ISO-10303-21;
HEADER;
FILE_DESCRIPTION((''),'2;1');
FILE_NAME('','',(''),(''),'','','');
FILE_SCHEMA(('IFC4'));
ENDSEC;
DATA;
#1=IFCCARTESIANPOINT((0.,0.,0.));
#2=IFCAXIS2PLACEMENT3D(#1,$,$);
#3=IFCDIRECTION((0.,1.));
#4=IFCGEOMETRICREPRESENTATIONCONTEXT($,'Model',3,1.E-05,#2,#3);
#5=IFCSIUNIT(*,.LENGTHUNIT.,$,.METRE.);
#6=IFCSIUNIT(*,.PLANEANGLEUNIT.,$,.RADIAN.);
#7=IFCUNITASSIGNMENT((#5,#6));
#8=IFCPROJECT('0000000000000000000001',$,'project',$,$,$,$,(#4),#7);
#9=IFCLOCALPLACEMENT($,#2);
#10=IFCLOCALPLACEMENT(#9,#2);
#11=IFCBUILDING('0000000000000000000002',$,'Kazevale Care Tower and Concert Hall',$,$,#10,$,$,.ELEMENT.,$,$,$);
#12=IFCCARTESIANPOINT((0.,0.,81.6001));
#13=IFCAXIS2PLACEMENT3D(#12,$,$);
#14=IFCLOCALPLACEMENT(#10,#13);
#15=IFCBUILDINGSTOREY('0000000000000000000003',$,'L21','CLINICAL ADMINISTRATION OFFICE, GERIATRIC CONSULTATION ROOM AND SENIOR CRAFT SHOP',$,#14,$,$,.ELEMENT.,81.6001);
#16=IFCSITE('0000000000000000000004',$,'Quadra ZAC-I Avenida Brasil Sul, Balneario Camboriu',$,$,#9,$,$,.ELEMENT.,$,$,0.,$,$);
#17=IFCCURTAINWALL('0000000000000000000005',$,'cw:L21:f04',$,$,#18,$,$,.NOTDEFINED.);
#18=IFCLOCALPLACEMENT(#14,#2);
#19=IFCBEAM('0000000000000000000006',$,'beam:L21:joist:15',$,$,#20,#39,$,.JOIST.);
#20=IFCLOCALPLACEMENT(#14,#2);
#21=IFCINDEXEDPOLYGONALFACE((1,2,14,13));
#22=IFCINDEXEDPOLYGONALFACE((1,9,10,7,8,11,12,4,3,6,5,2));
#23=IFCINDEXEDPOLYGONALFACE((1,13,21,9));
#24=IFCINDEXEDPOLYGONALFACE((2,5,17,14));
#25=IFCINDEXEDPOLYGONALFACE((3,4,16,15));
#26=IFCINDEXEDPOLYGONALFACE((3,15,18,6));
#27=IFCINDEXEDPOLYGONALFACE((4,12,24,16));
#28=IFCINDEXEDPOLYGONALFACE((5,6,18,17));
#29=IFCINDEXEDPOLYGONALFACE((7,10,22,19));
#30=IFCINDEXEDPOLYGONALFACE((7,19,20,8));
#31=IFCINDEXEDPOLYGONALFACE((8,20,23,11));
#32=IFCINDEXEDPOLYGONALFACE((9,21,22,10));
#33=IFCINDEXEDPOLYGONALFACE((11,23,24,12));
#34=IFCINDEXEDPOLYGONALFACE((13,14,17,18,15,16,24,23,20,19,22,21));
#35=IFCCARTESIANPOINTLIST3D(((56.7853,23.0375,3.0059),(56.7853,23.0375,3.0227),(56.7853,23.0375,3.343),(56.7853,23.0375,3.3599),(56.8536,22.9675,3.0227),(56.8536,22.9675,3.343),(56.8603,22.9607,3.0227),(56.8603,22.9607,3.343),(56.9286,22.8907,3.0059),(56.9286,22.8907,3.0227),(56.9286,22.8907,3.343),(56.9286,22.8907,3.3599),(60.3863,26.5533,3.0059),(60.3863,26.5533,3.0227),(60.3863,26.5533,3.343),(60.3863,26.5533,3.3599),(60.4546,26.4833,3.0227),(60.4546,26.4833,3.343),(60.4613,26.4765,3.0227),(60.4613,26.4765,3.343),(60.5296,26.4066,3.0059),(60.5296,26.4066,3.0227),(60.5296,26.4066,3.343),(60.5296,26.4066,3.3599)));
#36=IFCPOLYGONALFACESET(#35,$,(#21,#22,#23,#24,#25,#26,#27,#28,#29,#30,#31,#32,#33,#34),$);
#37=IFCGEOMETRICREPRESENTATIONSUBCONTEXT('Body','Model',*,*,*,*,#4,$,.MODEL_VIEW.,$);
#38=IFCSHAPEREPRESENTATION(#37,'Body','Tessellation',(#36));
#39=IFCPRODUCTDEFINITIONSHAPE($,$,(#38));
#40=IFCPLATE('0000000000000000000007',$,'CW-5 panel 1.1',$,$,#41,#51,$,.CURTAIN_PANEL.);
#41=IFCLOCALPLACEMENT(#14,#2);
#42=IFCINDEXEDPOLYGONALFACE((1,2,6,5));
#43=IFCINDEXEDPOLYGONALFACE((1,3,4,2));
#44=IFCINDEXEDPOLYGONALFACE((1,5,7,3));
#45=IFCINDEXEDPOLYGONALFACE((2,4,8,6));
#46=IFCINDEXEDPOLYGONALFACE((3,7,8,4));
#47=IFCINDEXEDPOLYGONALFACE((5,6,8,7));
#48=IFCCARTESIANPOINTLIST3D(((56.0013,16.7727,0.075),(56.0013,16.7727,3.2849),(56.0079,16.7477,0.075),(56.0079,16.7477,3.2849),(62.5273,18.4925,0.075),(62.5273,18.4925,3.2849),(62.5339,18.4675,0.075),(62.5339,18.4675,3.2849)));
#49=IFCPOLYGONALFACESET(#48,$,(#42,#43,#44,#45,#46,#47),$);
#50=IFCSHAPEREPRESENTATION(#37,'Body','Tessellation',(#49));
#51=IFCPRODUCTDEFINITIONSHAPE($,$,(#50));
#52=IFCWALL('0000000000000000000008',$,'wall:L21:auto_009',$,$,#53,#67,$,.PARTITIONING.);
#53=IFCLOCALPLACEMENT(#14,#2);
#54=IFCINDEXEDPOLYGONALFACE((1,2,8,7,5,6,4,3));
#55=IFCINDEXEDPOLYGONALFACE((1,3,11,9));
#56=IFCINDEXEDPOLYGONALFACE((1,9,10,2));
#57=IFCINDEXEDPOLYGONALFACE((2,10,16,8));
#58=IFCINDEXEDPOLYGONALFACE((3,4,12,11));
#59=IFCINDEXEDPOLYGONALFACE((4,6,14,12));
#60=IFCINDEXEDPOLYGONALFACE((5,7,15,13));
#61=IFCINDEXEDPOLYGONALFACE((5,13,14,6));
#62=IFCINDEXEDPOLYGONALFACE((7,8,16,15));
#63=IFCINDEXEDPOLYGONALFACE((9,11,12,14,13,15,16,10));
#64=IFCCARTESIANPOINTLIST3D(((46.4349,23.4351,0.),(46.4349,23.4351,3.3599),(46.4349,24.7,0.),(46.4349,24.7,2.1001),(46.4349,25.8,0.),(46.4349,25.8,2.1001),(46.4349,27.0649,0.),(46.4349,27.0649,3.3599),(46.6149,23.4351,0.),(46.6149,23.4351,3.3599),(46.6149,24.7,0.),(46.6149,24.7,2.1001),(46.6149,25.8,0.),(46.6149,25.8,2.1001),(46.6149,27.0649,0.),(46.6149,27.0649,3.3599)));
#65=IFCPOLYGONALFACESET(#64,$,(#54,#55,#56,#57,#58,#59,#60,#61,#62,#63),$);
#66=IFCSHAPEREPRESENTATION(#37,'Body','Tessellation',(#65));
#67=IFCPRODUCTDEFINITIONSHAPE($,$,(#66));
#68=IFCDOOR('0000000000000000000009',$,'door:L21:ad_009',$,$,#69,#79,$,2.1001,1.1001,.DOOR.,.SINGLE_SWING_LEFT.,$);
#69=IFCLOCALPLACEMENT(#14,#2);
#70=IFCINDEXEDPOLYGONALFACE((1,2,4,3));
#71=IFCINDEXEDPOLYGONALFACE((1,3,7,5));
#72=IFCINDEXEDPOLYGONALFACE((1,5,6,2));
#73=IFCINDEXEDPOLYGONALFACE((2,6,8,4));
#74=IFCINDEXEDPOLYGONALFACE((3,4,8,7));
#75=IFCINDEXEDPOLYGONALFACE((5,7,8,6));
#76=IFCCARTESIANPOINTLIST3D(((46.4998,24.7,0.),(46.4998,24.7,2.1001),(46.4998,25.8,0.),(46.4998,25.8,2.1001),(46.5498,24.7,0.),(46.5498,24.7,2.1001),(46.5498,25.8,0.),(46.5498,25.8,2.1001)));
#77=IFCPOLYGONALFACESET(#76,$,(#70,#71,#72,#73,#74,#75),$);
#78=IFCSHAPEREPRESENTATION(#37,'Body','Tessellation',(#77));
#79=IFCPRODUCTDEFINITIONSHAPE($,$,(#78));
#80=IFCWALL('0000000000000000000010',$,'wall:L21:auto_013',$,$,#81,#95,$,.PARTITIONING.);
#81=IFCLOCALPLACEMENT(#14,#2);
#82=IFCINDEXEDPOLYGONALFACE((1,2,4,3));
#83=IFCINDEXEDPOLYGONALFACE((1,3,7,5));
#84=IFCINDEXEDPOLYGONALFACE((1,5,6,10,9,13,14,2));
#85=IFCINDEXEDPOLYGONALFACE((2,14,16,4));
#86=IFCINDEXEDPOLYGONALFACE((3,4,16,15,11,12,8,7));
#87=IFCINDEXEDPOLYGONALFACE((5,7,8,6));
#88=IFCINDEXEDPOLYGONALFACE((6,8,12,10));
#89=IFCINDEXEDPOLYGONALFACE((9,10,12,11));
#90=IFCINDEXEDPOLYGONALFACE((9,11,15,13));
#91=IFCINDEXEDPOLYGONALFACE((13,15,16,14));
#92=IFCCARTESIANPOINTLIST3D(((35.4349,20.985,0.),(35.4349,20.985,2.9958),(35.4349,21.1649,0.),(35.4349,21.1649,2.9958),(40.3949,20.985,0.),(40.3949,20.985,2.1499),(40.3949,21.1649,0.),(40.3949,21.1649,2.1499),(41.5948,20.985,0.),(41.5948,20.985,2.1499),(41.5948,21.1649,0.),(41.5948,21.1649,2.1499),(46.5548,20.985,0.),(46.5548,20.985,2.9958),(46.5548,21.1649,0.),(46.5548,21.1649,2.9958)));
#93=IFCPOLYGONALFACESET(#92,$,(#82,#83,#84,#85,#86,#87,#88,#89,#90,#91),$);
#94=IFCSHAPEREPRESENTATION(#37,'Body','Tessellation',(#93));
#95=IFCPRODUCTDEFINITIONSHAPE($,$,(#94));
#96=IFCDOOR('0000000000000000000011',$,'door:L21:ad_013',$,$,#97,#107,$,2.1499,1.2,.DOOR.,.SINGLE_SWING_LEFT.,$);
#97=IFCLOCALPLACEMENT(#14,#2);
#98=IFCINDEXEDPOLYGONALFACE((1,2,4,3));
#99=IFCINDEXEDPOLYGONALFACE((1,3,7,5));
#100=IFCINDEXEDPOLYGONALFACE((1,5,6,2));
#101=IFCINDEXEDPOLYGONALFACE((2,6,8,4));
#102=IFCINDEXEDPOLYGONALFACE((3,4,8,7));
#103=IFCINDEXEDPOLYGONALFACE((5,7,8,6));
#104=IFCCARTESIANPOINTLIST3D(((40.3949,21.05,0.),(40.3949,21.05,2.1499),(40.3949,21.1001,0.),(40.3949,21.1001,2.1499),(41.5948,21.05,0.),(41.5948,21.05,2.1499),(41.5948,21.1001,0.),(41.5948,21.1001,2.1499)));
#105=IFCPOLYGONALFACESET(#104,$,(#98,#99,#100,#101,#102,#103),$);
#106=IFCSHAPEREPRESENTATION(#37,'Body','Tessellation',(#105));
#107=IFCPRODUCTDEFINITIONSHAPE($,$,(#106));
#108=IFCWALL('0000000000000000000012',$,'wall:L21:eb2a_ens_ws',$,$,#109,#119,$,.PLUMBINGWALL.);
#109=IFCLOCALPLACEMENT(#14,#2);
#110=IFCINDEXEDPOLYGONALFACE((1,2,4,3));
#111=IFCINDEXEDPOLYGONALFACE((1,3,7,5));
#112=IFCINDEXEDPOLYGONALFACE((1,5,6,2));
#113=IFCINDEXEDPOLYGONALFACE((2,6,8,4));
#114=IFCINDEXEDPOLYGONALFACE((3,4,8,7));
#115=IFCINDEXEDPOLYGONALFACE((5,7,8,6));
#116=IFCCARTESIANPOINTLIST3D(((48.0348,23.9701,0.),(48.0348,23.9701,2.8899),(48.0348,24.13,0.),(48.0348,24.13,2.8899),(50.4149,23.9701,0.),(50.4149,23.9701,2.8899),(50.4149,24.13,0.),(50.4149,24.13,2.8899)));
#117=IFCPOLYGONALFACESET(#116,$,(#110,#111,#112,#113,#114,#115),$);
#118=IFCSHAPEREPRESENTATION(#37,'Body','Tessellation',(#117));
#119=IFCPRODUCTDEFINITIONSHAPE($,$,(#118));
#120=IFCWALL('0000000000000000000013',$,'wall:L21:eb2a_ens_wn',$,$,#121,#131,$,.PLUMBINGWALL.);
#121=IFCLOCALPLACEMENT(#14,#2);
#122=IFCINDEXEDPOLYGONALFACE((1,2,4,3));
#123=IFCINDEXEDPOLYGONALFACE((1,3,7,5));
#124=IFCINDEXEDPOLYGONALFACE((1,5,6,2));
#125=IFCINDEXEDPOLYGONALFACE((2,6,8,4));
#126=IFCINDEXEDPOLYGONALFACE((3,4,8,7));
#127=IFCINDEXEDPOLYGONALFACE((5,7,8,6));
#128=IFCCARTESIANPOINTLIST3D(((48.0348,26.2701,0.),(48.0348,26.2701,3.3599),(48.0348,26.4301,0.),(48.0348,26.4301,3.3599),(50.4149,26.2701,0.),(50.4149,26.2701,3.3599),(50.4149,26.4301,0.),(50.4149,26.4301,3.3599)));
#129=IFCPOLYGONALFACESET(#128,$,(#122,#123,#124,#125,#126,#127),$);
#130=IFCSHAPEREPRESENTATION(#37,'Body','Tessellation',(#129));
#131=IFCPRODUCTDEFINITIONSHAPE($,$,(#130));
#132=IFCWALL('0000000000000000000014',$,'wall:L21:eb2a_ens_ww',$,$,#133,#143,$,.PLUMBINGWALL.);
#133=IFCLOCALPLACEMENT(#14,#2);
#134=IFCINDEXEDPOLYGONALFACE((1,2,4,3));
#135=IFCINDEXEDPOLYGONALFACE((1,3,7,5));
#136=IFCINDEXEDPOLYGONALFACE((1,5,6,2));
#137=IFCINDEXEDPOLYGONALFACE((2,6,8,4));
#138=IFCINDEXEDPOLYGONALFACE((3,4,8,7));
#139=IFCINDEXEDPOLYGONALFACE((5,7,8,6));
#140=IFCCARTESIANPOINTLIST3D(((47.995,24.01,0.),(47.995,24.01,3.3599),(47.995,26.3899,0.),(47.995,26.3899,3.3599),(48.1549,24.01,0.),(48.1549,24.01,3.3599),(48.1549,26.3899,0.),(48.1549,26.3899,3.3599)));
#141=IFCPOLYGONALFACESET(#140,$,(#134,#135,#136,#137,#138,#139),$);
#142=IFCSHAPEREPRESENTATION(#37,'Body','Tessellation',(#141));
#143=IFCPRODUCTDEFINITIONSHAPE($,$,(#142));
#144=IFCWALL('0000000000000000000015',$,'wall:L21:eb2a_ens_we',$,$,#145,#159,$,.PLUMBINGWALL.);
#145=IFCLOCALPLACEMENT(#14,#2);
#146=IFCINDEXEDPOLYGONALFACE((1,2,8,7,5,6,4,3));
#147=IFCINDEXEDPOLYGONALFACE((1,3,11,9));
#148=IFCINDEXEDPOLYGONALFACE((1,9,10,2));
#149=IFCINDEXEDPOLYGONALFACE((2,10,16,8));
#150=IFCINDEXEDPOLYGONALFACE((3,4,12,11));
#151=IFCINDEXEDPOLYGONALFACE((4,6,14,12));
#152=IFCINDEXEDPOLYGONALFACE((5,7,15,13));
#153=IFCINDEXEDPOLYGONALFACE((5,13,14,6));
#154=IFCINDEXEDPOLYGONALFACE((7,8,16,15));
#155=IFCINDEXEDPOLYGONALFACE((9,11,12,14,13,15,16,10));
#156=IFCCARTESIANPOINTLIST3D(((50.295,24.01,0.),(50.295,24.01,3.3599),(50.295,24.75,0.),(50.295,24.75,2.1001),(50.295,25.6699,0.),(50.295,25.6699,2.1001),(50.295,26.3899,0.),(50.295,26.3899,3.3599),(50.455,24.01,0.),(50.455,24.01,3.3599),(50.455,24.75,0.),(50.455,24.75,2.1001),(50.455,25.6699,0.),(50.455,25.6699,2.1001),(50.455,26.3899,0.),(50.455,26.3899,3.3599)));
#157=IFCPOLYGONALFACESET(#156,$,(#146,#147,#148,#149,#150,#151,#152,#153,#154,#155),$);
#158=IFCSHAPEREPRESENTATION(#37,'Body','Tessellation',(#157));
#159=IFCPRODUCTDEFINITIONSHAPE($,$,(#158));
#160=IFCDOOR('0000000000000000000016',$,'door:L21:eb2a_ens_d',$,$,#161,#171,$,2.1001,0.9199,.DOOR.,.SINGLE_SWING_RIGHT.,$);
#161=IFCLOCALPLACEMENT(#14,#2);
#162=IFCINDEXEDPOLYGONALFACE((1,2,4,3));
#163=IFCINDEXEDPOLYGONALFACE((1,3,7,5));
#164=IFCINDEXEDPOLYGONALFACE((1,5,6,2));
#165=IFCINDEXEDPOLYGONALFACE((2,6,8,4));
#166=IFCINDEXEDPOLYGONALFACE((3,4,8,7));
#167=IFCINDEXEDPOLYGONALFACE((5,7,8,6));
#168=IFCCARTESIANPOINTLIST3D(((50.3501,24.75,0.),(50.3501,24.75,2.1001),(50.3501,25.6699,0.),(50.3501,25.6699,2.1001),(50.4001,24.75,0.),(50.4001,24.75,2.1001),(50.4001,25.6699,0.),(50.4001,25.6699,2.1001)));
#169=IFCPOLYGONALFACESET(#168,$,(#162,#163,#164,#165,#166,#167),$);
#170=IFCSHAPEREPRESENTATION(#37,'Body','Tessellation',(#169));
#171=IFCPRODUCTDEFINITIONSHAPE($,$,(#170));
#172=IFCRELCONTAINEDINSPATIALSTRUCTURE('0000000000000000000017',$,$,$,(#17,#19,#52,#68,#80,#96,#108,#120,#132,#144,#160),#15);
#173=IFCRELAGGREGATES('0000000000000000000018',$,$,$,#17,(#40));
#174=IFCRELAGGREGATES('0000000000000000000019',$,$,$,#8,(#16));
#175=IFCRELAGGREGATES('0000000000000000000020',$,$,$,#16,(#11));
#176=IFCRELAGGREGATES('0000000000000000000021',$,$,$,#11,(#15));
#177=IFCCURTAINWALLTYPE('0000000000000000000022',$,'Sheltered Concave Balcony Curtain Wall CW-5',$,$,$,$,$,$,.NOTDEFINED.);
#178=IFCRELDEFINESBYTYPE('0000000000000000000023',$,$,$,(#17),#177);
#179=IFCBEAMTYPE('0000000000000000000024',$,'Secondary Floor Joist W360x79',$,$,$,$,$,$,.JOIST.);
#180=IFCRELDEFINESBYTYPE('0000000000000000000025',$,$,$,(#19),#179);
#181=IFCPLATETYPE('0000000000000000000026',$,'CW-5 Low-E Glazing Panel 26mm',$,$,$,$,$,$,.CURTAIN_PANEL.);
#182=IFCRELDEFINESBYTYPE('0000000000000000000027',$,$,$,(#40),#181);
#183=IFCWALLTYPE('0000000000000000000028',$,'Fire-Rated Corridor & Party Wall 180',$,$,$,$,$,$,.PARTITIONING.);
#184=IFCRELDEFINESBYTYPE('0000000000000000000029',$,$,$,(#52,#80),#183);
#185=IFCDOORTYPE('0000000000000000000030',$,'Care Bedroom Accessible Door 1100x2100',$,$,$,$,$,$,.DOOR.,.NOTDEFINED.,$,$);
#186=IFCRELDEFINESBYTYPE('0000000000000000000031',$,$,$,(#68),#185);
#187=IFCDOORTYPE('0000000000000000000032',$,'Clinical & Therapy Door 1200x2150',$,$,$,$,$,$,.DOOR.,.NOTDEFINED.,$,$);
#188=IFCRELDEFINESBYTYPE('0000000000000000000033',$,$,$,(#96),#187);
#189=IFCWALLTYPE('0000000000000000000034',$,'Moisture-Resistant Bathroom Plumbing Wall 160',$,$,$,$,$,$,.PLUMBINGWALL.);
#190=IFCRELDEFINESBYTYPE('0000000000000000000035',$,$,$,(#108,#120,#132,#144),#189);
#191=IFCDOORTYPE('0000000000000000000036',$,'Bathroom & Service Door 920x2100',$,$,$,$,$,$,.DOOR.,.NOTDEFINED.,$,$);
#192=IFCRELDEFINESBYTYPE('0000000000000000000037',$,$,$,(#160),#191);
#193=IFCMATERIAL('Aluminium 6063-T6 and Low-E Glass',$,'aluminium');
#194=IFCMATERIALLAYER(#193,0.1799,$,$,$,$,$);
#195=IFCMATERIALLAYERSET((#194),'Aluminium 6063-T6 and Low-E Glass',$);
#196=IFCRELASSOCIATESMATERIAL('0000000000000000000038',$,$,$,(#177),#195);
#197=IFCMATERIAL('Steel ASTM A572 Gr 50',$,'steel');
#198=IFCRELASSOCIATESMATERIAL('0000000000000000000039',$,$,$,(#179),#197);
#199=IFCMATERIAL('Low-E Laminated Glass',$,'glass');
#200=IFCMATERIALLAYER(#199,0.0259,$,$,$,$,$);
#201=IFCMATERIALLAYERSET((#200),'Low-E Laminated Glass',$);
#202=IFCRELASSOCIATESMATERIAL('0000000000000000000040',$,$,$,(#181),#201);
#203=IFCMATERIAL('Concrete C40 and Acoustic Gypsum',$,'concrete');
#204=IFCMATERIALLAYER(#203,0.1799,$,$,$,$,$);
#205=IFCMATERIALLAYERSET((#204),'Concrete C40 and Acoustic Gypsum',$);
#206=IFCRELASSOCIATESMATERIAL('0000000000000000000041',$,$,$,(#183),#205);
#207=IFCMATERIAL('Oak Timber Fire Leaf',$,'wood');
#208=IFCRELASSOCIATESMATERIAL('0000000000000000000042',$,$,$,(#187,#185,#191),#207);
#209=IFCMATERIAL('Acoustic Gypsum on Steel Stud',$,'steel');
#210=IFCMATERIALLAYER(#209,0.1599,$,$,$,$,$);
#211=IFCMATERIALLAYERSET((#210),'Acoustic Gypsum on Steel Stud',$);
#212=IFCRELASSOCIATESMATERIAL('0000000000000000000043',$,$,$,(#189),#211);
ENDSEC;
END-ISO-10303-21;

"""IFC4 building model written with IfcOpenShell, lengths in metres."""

from ifc_helpers import new_model, si_unit, direction, frame, frame_2d, origin, origin_2d, place, context, subcontext, project, spatial, rectangle, i_section, extrude, material, layer, layer_set, material_profile, profile_set, type_object, element, fill, aggregate, save


model = new_model("IFC4")

# Units and contexts
model_context = context("Model", 3, precision=1e-05, world=origin(), true_north=direction((0.0, 1.0)))
body_context = subcontext(model_context, "Body", "Model", "MODEL_VIEW")
ifc_project = project(units=[si_unit("LENGTHUNIT", "METRE"), si_unit("PLANEANGLEUNIT", "RADIAN")], contexts=[model_context])

# Site, building, storey
site_placement = place(None, origin())
site = spatial("IfcSite", under=ifc_project, at=site_placement, Name="Quadra ZAC-I Avenida Brasil Sul, Balneario Camboriu", CompositionType="ELEMENT", RefElevation=0.0)
building_placement = place(site_placement, origin())
building = spatial("IfcBuilding", under=site, at=building_placement, Name="Kazevale Care Tower and Concert Hall", CompositionType="ELEMENT")
storey_placement = place(building_placement, frame((0.0, 0.0, 81.6001)))
storey = spatial("IfcBuildingStorey", under=building, at=storey_placement, Name="L21", Description="CLINICAL ADMINISTRATION OFFICE, GERIATRIC CONSULTATION ROOM AND SENIOR CRAFT SHOP", CompositionType="ELEMENT", Elevation=81.6001)

# Curtain wall
ifc_material_1 = material(Name="Aluminium 6063-T6 and Low-E Glass", Category="aluminium")
ifc_layer_1 = layer(ifc_material_1, 0.1799)
ifc_layer_set_1 = layer_set([ifc_layer_1], Name="Aluminium 6063-T6 and Low-E Glass")
curtain_wall_type = type_object("IfcCurtainWallType", Name="Sheltered Concave Balcony Curtain Wall CW-5", PredefinedType="NOTDEFINED", material=ifc_layer_set_1)
curtain_wall_1_placement = place(storey_placement, origin())
curtain_wall_1 = element("IfcCurtainWall", 1, at=curtain_wall_1_placement, inside=storey, type_object=curtain_wall_type, Name="cw:L21:f04", PredefinedType="NOTDEFINED")

# Beam
ifc_material_2 = material(Name="Steel ASTM A572 Gr 50", Category="steel")
ifc_material_profile_1 = material_profile(ifc_material_2, i_section(OverallWidth=0.2051, OverallDepth=0.354, WebThickness=0.0095, FlangeThickness=0.0168, at=origin_2d()), Name="W360x79")
ifc_profile_set_1 = profile_set([ifc_material_profile_1], Name="Steel ASTM A572 Gr 50")
beam_type_1 = type_object("IfcBeamType", Name="Secondary Floor Joist W360x79", PredefinedType="JOIST", material=ifc_profile_set_1)
beam_1_placement = place(storey_placement, frame((56.8569, 22.9641, 3.1829), z_axis=(0.715521, 0.698591, 0.0), x_axis=(-0.698591, 0.715521, 0.0)))
element("IfcBeam", 2, at=beam_1_placement, inside=storey, type_object=beam_type_1, Name="beam:L21:joist:15", PredefinedType="JOIST", context=body_context, shape_type="SweptSolid", body=[
    extrude(i_section(OverallWidth=0.2051, OverallDepth=0.354, WebThickness=0.0095, FlangeThickness=0.0168, at=origin_2d()), origin(), (0.0, 0.0, 1.0), 5.0327),
])

# Plate
ifc_material_3 = material(Name="Low-E Laminated Glass", Category="glass")
ifc_layer_2 = layer(ifc_material_3, 0.0259)
ifc_layer_set_2 = layer_set([ifc_layer_2], Name="Low-E Laminated Glass")
plate_type = type_object("IfcPlateType", Name="CW-5 Low-E Glazing Panel 26mm", PredefinedType="CURTAIN_PANEL", material=ifc_layer_set_2)
plate_placement = place(storey_placement, frame((59.2676, 17.6201, 0.075), z_axis=(0.0, 0.0, 1.0), x_axis=(-0.966986, -0.254829, 0.0)))
plate = element("IfcPlate", 3, at=plate_placement, type_object=plate_type, Name="CW-5 panel 1.1", PredefinedType="CURTAIN_PANEL", context=body_context, shape_type="SweptSolid", body=[
    extrude(rectangle(XDim=6.7488, YDim=0.0259, at=origin_2d()), origin(), (0.0, 0.0, 1.0), 3.21),
])
aggregate(curtain_wall_1, [plate])

# Walls, openings, doors
ifc_material_4 = material(Name="Concrete C40 and Acoustic Gypsum", Category="concrete")
ifc_layer_3 = layer(ifc_material_4, 0.1799)
ifc_layer_set_3 = layer_set([ifc_layer_3], Name="Concrete C40 and Acoustic Gypsum")
wall_type_1 = type_object("IfcWallType", Name="Fire-Rated Corridor & Party Wall 180", PredefinedType="PARTITIONING", material=ifc_layer_set_3)
ifc_material_5 = material(Name="Oak Timber Fire Leaf", Category="wood")
door_type_1 = type_object("IfcDoorType", Name="Clinical & Therapy Door 1200x2150", OperationType="NOTDEFINED", PredefinedType="DOOR", material=ifc_material_5)
wall_1_placement = place(storey_placement, frame((46.5249, 27.0649, 0.0), z_axis=(0.0, 0.0, 1.0), x_axis=(0.0, -1.0, 0.0)))
wall_1 = element("IfcWall", 4, at=wall_1_placement, inside=storey, type_object=wall_type_1, Name="wall:L21:auto_009", PredefinedType="PARTITIONING", context=body_context, shape_type="SweptSolid", body=[
    extrude(rectangle(XDim=3.6299, YDim=0.1799, at=frame_2d((1.8149, 0.0))), origin(), (0.0, 0.0, 1.0), 3.3599),
])
opening_1_placement = place(wall_1_placement, frame((1.2649, 0.0, 0.0)))
opening_1 = element("IfcOpeningElement", 5, at=opening_1_placement, cuts=wall_1, PredefinedType="OPENING", context=body_context, shape_type="SweptSolid", body=[
    extrude(rectangle(XDim=1.1001, YDim=2.1001, at=frame_2d((0.55, 1.05))), frame((0.0, 0.0999, 0.0), z_axis=(0.0, -1.0, 0.0), x_axis=(1.0, 0.0, 0.0)), (0.0, 0.0, 1.0), 0.2),
])
door_type_2 = type_object("IfcDoorType", Name="Care Bedroom Accessible Door 1100x2100", OperationType="NOTDEFINED", PredefinedType="DOOR", material=ifc_material_5)
door_1_placement = place(opening_1_placement, origin())
door_1 = element("IfcDoor", 6, at=door_1_placement, inside=storey, type_object=door_type_2, Name="door:L21:ad_009", OperationType="SINGLE_SWING_LEFT", OverallHeight=2.1001, OverallWidth=1.1001, PredefinedType="DOOR", context=body_context, shape_type="SweptSolid", body=[
    extrude(rectangle(XDim=1.1001, YDim=2.1001, at=frame_2d((0.55, 1.05))), frame((0.0, 0.0249, 0.0), z_axis=(0.0, -1.0, 0.0), x_axis=(1.0, 0.0, 0.0)), (0.0, 0.0, 1.0), 0.05),
])
fill(opening_1, door_1)
wall_2_placement = place(storey_placement, frame((46.5549, 21.075, 0.0), z_axis=(0.0, 0.0, 1.0), x_axis=(-1.0, 0.0, 0.0)))
wall_2 = element("IfcWall", 7, at=wall_2_placement, inside=storey, type_object=wall_type_1, Name="wall:L21:auto_013", PredefinedType="PARTITIONING", context=body_context, shape_type="SweptSolid", body=[
    extrude(rectangle(XDim=11.1199, YDim=0.1799, at=frame_2d((5.5601, 0.0))), origin(), (0.0, 0.0, 1.0), 2.9958),
])
opening_2_placement = place(wall_2_placement, frame((4.96, 0.0, 0.0)))
opening_2 = element("IfcOpeningElement", 8, at=opening_2_placement, cuts=wall_2, PredefinedType="OPENING", context=body_context, shape_type="SweptSolid", body=[
    extrude(rectangle(XDim=1.2, YDim=2.1499, at=frame_2d((0.6001, 1.075))), frame((0.0, 0.0999, 0.0), z_axis=(0.0, -1.0, 0.0), x_axis=(1.0, 0.0, 0.0)), (0.0, 0.0, 1.0), 0.2),
])
door_2_placement = place(opening_2_placement, origin())
door_2 = element("IfcDoor", 9, at=door_2_placement, inside=storey, type_object=door_type_1, Name="door:L21:ad_013", OperationType="SINGLE_SWING_LEFT", OverallHeight=2.1499, OverallWidth=1.2, PredefinedType="DOOR", context=body_context, shape_type="SweptSolid", body=[
    extrude(rectangle(XDim=1.2, YDim=2.1499, at=frame_2d((0.6001, 1.075))), frame((0.0, 0.0249, 0.0), z_axis=(0.0, -1.0, 0.0), x_axis=(1.0, 0.0, 0.0)), (0.0, 0.0, 1.0), 0.05),
])
fill(opening_2, door_2)

# Walls
ifc_material_6 = material(Name="Acoustic Gypsum on Steel Stud", Category="steel")
ifc_layer_4 = layer(ifc_material_6, 0.1599)
ifc_layer_set_4 = layer_set([ifc_layer_4], Name="Acoustic Gypsum on Steel Stud")
wall_type_2 = type_object("IfcWallType", Name="Moisture-Resistant Bathroom Plumbing Wall 160", PredefinedType="PLUMBINGWALL", material=ifc_layer_set_4)
wall_3_placement = place(storey_placement, frame((48.0349, 24.05, 0.0), z_axis=(0.0, 0.0, 1.0), x_axis=(1.0, 0.0, 0.0)))
element("IfcWall", 10, at=wall_3_placement, inside=storey, type_object=wall_type_2, Name="wall:L21:eb2a_ens_ws", PredefinedType="PLUMBINGWALL", context=body_context, shape_type="SweptSolid", body=[
    extrude(rectangle(XDim=2.3801, YDim=0.1599, at=frame_2d((1.1899, 0.0))), origin(), (0.0, 0.0, 1.0), 2.8899),
])
wall_4_placement = place(storey_placement, frame((48.0349, 26.3501, 0.0), z_axis=(0.0, 0.0, 1.0), x_axis=(1.0, 0.0, 0.0)))
element("IfcWall", 11, at=wall_4_placement, inside=storey, type_object=wall_type_2, Name="wall:L21:eb2a_ens_wn", PredefinedType="PLUMBINGWALL", context=body_context, shape_type="SweptSolid", body=[
    extrude(rectangle(XDim=2.3801, YDim=0.1599, at=frame_2d((1.1899, 0.0))), origin(), (0.0, 0.0, 1.0), 3.3599),
])
wall_5_placement = place(storey_placement, frame((48.075, 24.01, 0.0), z_axis=(0.0, 0.0, 1.0), x_axis=(0.0, 1.0, 0.0)))
element("IfcWall", 12, at=wall_5_placement, inside=storey, type_object=wall_type_2, Name="wall:L21:eb2a_ens_ww", PredefinedType="PLUMBINGWALL", context=body_context, shape_type="SweptSolid", body=[
    extrude(rectangle(XDim=2.3799, YDim=0.1599, at=frame_2d((1.1899, 0.0))), origin(), (0.0, 0.0, 1.0), 3.3599),
])

# Wall, opening, door
wall_6_placement = place(storey_placement, frame((50.375, 24.01, 0.0), z_axis=(0.0, 0.0, 1.0), x_axis=(0.0, 1.0, 0.0)))
wall_6 = element("IfcWall", 13, at=wall_6_placement, inside=storey, type_object=wall_type_2, Name="wall:L21:eb2a_ens_we", PredefinedType="PLUMBINGWALL", context=body_context, shape_type="SweptSolid", body=[
    extrude(rectangle(XDim=2.3799, YDim=0.1599, at=frame_2d((1.1899, 0.0))), origin(), (0.0, 0.0, 1.0), 3.3599),
])
opening_3_placement = place(wall_6_placement, frame((0.74, 0.0, 0.0)))
opening_3 = element("IfcOpeningElement", 14, at=opening_3_placement, cuts=wall_6, PredefinedType="OPENING", context=body_context, shape_type="SweptSolid", body=[
    extrude(rectangle(XDim=0.9199, YDim=2.1001, at=frame_2d((0.46, 1.05))), frame((0.0, 0.0898, 0.0), z_axis=(0.0, -1.0, 0.0), x_axis=(1.0, 0.0, 0.0)), (0.0, 0.0, 1.0), 0.1799),
])
door_type_3 = type_object("IfcDoorType", Name="Bathroom & Service Door 920x2100", OperationType="NOTDEFINED", PredefinedType="DOOR", material=ifc_material_5)
door_3_placement = place(opening_3_placement, origin())
door_3 = element("IfcDoor", 15, at=door_3_placement, inside=storey, type_object=door_type_3, Name="door:L21:eb2a_ens_d", OperationType="SINGLE_SWING_RIGHT", OverallHeight=2.1001, OverallWidth=0.9199, PredefinedType="DOOR", context=body_context, shape_type="SweptSolid", body=[
    extrude(rectangle(XDim=0.9199, YDim=2.1001, at=frame_2d((0.46, 1.05))), frame((0.0, 0.0249, 0.0), z_axis=(0.0, -1.0, 0.0), x_axis=(1.0, 0.0, 0.0)), (0.0, 0.0, 1.0), 0.05),
])
fill(opening_3, door_3)

save(model, "model.ifc")
